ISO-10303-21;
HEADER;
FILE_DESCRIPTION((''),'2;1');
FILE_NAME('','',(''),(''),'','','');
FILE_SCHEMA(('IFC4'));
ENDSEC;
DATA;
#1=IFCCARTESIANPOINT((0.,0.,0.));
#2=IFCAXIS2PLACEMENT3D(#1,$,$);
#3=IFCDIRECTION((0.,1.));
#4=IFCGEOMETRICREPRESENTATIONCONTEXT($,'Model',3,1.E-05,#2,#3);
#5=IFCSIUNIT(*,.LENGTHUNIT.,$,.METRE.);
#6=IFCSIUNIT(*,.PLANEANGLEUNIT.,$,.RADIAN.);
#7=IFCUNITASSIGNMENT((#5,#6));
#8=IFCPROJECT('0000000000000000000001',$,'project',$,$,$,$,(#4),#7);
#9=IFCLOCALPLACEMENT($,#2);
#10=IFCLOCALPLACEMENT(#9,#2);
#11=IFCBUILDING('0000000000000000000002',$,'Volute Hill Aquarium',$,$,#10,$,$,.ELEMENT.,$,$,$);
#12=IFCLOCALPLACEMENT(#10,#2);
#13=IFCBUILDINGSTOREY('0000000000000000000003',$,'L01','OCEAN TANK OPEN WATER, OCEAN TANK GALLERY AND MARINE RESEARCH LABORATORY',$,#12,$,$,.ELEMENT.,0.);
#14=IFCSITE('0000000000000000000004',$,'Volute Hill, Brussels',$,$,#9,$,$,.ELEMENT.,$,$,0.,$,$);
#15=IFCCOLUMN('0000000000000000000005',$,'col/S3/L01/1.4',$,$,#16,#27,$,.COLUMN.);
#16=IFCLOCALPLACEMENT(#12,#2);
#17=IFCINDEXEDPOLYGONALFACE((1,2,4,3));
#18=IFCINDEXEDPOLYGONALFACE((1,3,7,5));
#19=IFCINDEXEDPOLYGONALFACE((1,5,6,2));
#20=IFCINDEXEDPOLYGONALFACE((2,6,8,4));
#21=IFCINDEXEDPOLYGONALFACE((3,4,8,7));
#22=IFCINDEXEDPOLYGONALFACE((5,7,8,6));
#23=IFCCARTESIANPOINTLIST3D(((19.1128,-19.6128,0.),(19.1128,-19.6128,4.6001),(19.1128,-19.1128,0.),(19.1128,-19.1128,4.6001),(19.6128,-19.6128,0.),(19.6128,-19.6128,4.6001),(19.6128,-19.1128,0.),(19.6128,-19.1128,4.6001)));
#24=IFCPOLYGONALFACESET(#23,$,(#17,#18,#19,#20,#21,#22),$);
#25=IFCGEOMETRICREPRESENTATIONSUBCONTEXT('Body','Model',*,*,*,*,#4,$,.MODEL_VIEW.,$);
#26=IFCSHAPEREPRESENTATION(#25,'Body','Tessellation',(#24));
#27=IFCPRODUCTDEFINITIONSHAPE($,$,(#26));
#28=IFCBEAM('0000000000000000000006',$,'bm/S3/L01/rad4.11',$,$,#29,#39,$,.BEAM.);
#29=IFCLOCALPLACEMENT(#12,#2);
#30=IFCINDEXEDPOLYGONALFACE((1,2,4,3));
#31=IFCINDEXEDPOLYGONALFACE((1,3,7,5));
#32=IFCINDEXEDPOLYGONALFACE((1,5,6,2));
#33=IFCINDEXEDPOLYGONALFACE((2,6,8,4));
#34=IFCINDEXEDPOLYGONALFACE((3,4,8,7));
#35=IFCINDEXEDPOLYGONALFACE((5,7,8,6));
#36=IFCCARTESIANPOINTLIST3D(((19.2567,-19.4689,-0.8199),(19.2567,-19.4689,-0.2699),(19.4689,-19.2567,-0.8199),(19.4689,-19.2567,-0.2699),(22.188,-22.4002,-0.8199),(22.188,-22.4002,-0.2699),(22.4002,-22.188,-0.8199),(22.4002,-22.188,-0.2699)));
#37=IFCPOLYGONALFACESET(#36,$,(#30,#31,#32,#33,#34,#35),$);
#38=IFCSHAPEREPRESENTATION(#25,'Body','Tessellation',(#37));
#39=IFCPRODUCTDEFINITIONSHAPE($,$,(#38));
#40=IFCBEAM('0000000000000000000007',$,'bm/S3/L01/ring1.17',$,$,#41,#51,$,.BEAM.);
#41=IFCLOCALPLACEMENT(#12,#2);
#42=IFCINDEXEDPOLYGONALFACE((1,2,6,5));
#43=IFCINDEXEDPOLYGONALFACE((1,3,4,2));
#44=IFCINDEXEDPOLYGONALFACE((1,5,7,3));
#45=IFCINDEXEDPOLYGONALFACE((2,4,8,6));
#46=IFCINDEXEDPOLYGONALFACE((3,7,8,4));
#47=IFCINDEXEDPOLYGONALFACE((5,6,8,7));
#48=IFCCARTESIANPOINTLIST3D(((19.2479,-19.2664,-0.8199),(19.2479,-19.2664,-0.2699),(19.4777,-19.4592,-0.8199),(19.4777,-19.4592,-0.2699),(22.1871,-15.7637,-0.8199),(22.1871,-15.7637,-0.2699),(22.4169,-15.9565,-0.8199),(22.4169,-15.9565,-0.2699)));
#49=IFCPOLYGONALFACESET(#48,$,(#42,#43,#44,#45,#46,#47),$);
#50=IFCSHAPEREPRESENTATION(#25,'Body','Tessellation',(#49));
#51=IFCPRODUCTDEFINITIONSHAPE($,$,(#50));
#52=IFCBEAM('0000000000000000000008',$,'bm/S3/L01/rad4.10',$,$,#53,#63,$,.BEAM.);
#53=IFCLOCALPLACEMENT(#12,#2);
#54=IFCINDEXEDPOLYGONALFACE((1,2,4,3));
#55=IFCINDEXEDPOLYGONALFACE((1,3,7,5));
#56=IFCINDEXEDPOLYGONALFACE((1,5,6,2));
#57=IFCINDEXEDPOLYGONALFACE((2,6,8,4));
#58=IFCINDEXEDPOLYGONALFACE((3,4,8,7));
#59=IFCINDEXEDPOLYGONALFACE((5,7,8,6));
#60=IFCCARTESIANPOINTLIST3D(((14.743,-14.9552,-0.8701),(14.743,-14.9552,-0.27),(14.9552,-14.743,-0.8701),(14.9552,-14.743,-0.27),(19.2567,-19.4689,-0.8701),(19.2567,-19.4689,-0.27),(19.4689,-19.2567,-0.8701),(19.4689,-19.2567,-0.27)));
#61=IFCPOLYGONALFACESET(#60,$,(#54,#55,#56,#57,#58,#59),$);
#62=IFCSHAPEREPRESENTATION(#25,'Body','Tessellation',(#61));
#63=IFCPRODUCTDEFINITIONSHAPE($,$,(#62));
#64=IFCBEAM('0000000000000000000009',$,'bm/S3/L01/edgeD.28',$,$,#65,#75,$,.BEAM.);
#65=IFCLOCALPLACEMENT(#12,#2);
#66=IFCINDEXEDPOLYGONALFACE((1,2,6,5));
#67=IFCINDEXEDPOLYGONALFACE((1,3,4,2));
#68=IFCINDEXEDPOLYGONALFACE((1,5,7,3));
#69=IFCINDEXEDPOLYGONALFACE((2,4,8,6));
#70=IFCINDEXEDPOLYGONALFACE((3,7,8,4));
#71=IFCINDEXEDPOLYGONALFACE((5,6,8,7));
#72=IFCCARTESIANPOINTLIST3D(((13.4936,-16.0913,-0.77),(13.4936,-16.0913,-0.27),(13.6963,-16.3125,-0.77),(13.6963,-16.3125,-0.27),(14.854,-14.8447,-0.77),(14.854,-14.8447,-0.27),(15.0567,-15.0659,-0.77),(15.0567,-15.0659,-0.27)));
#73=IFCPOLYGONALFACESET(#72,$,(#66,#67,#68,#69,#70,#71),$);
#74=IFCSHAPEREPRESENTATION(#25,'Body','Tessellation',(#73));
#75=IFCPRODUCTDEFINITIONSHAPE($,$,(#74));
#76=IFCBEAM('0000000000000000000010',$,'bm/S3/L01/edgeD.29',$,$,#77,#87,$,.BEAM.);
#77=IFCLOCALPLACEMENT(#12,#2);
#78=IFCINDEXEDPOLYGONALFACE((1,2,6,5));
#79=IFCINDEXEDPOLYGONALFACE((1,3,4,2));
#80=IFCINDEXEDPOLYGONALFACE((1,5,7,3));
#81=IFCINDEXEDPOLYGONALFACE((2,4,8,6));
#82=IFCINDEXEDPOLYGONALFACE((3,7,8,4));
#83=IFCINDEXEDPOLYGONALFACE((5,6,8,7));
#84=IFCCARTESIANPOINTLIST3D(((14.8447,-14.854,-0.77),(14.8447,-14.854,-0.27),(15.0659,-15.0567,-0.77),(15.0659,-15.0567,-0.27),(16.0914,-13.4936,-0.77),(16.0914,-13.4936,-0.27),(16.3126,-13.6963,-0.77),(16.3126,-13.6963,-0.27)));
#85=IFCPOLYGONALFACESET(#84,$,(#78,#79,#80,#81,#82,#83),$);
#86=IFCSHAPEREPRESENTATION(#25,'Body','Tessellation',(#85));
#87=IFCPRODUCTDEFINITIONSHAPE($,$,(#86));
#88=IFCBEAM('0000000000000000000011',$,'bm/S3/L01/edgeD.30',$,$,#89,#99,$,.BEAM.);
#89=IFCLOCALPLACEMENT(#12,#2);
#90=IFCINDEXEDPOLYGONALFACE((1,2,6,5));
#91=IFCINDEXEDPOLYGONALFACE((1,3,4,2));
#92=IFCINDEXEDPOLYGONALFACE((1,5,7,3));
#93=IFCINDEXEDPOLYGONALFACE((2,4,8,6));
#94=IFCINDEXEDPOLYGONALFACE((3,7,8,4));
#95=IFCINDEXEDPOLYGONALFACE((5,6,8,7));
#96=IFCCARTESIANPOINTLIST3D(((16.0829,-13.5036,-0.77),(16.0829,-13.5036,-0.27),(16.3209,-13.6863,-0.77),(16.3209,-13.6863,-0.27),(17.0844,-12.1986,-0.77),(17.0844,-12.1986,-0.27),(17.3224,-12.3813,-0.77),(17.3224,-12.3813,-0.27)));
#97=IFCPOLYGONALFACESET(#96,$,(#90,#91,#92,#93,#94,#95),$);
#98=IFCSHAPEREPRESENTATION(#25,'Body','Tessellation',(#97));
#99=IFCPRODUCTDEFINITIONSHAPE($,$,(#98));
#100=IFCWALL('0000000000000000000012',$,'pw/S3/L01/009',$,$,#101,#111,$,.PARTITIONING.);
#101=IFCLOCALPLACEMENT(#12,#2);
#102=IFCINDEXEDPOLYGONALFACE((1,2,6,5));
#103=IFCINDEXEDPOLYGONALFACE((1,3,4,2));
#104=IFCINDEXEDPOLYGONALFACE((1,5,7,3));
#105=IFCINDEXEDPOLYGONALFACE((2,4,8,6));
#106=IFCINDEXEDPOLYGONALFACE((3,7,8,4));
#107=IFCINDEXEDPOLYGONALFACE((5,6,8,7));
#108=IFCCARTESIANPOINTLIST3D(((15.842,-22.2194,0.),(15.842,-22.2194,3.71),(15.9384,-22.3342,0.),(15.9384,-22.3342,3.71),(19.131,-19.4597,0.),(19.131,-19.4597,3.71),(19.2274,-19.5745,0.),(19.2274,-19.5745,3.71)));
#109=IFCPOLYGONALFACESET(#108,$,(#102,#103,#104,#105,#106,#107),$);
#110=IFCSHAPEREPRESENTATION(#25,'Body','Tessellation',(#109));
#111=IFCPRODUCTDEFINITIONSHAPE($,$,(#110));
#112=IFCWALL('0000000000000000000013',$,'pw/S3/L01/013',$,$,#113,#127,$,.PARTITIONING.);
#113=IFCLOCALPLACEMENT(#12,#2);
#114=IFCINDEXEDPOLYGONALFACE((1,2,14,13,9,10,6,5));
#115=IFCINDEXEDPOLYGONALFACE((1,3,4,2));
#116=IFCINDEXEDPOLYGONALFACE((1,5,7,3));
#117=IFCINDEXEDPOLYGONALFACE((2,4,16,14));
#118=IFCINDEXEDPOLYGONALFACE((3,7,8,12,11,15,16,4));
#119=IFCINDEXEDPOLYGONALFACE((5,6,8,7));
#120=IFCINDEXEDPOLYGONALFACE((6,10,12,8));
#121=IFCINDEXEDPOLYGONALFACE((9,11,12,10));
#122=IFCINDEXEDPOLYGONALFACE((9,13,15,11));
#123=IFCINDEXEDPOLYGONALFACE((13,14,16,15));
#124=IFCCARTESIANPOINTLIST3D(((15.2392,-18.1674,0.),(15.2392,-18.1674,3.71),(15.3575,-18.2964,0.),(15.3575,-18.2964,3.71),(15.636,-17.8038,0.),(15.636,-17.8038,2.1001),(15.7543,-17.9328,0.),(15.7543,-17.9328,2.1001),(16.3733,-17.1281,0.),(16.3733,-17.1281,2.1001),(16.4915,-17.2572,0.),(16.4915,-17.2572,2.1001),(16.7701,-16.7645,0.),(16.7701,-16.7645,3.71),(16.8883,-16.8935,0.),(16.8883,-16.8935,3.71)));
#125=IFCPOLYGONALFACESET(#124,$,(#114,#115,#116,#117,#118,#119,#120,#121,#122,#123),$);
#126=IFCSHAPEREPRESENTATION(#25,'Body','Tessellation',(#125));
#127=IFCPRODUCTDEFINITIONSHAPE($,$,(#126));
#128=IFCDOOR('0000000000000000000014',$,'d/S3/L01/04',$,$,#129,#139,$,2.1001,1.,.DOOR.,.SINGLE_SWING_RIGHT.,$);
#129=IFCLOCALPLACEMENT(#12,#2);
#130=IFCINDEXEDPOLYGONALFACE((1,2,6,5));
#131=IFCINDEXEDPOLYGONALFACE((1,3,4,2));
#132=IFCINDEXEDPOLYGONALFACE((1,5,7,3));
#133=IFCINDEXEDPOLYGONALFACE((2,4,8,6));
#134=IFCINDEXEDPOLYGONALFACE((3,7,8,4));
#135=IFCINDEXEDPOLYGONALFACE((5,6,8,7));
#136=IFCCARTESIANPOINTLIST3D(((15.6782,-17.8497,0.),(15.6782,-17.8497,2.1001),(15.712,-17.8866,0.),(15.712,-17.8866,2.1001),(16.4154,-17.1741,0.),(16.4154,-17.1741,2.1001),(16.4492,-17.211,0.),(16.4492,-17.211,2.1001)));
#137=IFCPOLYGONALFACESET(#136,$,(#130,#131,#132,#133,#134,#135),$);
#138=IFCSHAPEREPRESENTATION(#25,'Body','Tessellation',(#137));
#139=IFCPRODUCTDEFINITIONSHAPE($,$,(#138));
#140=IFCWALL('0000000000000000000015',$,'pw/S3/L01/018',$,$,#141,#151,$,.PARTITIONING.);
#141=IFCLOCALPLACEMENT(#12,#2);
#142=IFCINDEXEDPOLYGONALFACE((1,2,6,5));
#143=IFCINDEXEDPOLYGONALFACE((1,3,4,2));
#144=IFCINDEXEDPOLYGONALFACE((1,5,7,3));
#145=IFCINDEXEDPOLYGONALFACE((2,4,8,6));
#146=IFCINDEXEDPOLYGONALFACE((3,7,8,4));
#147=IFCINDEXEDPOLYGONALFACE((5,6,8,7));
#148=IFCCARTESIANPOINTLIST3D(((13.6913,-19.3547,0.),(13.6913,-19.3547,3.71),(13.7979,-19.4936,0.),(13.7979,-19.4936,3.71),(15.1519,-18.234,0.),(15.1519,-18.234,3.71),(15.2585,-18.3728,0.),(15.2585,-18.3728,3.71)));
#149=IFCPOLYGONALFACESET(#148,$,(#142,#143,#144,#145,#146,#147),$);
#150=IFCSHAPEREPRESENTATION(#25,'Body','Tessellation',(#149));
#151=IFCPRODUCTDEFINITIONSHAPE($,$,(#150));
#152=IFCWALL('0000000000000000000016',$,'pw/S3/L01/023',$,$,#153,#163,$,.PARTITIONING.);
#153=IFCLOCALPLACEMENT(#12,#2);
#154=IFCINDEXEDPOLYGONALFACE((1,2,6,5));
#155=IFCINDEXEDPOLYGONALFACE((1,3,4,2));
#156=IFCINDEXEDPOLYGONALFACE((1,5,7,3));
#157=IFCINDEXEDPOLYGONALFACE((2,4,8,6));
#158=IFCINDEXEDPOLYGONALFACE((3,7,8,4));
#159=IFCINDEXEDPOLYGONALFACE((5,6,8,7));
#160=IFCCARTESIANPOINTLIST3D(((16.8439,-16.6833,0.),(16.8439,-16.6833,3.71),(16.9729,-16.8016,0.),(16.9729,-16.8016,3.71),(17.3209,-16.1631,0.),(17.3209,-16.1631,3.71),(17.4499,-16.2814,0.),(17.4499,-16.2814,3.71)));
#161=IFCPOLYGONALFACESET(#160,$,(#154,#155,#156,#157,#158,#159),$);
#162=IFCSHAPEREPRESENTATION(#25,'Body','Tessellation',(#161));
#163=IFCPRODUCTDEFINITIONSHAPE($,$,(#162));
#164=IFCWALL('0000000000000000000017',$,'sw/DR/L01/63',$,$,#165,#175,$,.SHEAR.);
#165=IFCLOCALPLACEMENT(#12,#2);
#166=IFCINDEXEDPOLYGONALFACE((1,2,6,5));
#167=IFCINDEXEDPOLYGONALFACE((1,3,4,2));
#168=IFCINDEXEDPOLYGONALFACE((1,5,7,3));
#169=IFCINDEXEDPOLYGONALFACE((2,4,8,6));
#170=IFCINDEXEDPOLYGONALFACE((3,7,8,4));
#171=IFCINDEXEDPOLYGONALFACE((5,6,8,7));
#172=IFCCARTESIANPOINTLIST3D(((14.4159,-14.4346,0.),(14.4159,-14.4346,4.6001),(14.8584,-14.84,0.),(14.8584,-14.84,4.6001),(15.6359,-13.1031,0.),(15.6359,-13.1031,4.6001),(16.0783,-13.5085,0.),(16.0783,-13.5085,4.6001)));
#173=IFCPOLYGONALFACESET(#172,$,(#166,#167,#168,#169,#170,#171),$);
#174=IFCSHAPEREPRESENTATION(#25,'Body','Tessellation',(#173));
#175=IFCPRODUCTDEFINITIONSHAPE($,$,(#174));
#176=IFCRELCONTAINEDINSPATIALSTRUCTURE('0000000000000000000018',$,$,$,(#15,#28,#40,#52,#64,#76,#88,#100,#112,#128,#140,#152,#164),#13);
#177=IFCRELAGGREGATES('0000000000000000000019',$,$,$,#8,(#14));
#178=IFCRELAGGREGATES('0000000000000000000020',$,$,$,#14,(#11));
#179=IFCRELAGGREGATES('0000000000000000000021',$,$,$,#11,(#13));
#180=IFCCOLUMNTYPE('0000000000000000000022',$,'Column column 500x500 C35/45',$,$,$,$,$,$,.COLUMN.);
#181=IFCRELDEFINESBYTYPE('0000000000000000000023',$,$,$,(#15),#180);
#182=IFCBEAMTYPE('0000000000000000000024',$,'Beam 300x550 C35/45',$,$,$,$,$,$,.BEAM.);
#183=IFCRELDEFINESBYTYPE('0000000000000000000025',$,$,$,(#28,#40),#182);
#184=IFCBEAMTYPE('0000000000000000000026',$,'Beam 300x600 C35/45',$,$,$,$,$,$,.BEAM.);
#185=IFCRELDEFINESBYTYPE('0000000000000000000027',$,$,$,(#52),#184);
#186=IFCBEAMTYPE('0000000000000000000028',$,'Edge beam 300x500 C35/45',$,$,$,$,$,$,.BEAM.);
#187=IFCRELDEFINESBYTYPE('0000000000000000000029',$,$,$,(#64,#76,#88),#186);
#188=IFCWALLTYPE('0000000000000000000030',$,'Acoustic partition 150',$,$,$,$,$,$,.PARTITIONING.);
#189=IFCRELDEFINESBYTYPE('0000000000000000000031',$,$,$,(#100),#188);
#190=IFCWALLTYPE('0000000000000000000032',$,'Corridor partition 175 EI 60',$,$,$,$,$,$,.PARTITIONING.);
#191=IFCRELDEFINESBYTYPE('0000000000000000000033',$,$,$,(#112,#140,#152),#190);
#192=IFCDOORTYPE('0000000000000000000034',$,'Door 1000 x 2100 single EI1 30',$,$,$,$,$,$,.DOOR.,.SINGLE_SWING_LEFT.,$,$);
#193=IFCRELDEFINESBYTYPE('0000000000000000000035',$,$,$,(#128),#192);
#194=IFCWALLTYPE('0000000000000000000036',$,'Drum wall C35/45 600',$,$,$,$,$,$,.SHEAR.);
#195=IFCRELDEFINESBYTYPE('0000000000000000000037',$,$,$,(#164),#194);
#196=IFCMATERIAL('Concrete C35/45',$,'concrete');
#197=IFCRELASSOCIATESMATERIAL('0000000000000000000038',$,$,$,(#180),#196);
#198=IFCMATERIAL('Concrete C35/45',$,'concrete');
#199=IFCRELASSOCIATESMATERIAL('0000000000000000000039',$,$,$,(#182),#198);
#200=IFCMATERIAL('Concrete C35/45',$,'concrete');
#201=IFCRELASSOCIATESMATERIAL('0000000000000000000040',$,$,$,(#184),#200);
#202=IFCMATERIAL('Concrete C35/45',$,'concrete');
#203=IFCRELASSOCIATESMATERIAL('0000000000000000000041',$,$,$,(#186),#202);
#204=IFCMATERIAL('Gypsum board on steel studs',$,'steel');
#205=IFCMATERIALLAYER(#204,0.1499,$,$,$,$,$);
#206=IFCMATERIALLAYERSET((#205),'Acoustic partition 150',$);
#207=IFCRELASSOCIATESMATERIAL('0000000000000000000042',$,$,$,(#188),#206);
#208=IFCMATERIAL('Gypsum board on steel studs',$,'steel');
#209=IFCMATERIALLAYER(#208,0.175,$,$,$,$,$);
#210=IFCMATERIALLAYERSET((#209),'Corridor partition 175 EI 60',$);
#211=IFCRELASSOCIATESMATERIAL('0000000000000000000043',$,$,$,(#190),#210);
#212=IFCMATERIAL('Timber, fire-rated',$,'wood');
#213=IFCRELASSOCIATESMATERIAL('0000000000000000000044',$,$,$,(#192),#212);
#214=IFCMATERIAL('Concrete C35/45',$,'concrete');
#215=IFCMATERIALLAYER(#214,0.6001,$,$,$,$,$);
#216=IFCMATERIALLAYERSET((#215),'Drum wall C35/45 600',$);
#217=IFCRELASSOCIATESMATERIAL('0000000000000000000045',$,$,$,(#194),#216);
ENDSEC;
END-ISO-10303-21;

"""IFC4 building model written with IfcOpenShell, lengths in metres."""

from ifc_helpers import new_model, si_unit, direction, frame, frame_2d, origin, origin_2d, place, context, subcontext, project, spatial, rectangle, extrude, material, layer, layer_set, material_profile, profile_set, type_object, element, fill, save


model = new_model("IFC4")

# Units and contexts
model_context = context("Model", 3, precision=1e-05, world=origin(), true_north=direction((0.0, 1.0)))
body_context = subcontext(model_context, "Body", "Model", "MODEL_VIEW")
ifc_project = project(units=[si_unit("LENGTHUNIT", "METRE"), si_unit("PLANEANGLEUNIT", "RADIAN")], contexts=[model_context])

# Site, building, storey
site_placement = place(None, origin())
site = spatial("IfcSite", under=ifc_project, at=site_placement, Name="Volute Hill, Brussels", CompositionType="ELEMENT", RefElevation=0.0)
building_placement = place(site_placement, origin())
building = spatial("IfcBuilding", under=site, at=building_placement, Name="Volute Hill Aquarium", CompositionType="ELEMENT")
storey_placement = place(building_placement, origin())
storey = spatial("IfcBuildingStorey", under=building, at=storey_placement, Name="L01", Description="OCEAN TANK OPEN WATER, OCEAN TANK GALLERY AND MARINE RESEARCH LABORATORY", CompositionType="ELEMENT", Elevation=0.0)

# Column
ifc_material_1 = material(Name="Concrete C35/45", Category="concrete")
ifc_material_profile_1 = material_profile(ifc_material_1, rectangle(XDim=0.5, YDim=0.5, at=origin_2d()), Name="RC column 500x500")
ifc_profile_set_1 = profile_set([ifc_material_profile_1], Name="Concrete C35/45")
column_type = type_object("IfcColumnType", Name="Column column 500x500 C35/45", PredefinedType="COLUMN", material=ifc_profile_set_1)
column_placement = place(storey_placement, frame((19.3628, -19.3628, 0.0), z_axis=(0.0, 0.0, 1.0), x_axis=(1.0, 0.0, 0.0)))
element("IfcColumn", 1, at=column_placement, inside=storey, type_object=column_type, Name="col/S3/L01/1.4", PredefinedType="COLUMN", context=body_context, shape_type="SweptSolid", body=[
    extrude(rectangle(XDim=0.5, YDim=0.5, at=origin_2d()), origin(), (0.0, 0.0, 1.0), 4.6001),
])

# Beams
ifc_material_2 = material(Name="Concrete C35/45", Category="concrete")
ifc_material_profile_2 = material_profile(ifc_material_2, rectangle(XDim=0.3, YDim=0.55, at=origin_2d()), Name="RC beam 300x550")
ifc_profile_set_2 = profile_set([ifc_material_profile_2], Name="Concrete C35/45")
beam_type_1 = type_object("IfcBeamType", Name="Beam 300x550 C35/45", PredefinedType="BEAM", material=ifc_profile_set_2)
beam_1_placement = place(storey_placement, frame((19.3628, -19.3628, -0.5449), z_axis=(0.707107, -0.707107, 0.0), x_axis=(0.707107, 0.707107, 0.0)))
element("IfcBeam", 2, at=beam_1_placement, inside=storey, type_object=beam_type_1, Name="bm/S3/L01/rad4.11", PredefinedType="BEAM", context=body_context, shape_type="SweptSolid", body=[
    extrude(rectangle(XDim=0.3, YDim=0.55, at=origin_2d()), origin(), (0.0, 0.0, 1.0), 4.1455),
])
beam_2_placement = place(storey_placement, frame((19.3628, -19.3628, -0.5449), z_axis=(0.642801, 0.766033, 0.0), x_axis=(-0.766033, 0.642801, 0.0)))
element("IfcBeam", 3, at=beam_2_placement, inside=storey, type_object=beam_type_1, Name="bm/S3/L01/ring1.17", PredefinedType="BEAM", context=body_context, shape_type="SweptSolid", body=[
    extrude(rectangle(XDim=0.3, YDim=0.55, at=origin_2d()), origin(), (0.0, 0.0, 1.0), 4.5725),
])
ifc_material_3 = material(Name="Concrete C35/45", Category="concrete")
ifc_material_profile_3 = material_profile(ifc_material_3, rectangle(XDim=0.3, YDim=0.6001, at=origin_2d()), Name="RC beam 300x600")
ifc_profile_set_3 = profile_set([ifc_material_profile_3], Name="Concrete C35/45")
beam_type_2 = type_object("IfcBeamType", Name="Beam 300x600 C35/45", PredefinedType="BEAM", material=ifc_profile_set_3)
beam_3_placement = place(storey_placement, frame((14.8491, -14.8491, -0.5701), z_axis=(0.707107, -0.707107, 0.0), x_axis=(0.707107, 0.707107, 0.0)))
element("IfcBeam", 4, at=beam_3_placement, inside=storey, type_object=beam_type_2, Name="bm/S3/L01/rad4.10", PredefinedType="BEAM", context=body_context, shape_type="SweptSolid", body=[
    extrude(rectangle(XDim=0.3, YDim=0.6001, at=origin_2d()), origin(), (0.0, 0.0, 1.0), 6.3833),
])
ifc_material_4 = material(Name="Concrete C35/45", Category="concrete")
ifc_material_profile_4 = material_profile(ifc_material_4, rectangle(XDim=0.3, YDim=0.5, at=origin_2d()), Name="RC edge beam 300x500")
ifc_profile_set_4 = profile_set([ifc_material_profile_4], Name="Concrete C35/45")
beam_type_3 = type_object("IfcBeamType", Name="Edge beam 300x500 C35/45", PredefinedType="BEAM", material=ifc_profile_set_4)
for number, where, z_axis, x_axis, name in (
    (5, (13.595, -16.2019, -0.52), (0.737264, 0.675605, 0.0), (-0.675605, 0.737264, 0.0), "bm/S3/L01/edgeD.28"),
    (6, (14.9553, -14.9553, -0.52), (0.675605, 0.737264, 0.0), (-0.737264, 0.675605, 0.0), "bm/S3/L01/edgeD.29"),
):
    element("IfcBeam", number, at=place(storey_placement, frame(where, z_axis=z_axis, x_axis=x_axis)), inside=storey, type_object=beam_type_3, Name=name, PredefinedType="BEAM", context=body_context, shape_type="SweptSolid", body=[
        extrude(rectangle(XDim=0.3, YDim=0.5, at=origin_2d()), origin(), (0.0, 0.0, 1.0), 1.8452),
    ])
beam_4_placement = place(storey_placement, frame((16.2019, -13.595, -0.52), z_axis=(0.608821, 0.793308, 0.0), x_axis=(-0.793308, 0.608821, 0.0)))
element("IfcBeam", 7, at=beam_4_placement, inside=storey, type_object=beam_type_3, Name="bm/S3/L01/edgeD.30", PredefinedType="BEAM", context=body_context, shape_type="SweptSolid", body=[
    extrude(rectangle(XDim=0.3, YDim=0.5, at=origin_2d()), origin(), (0.0, 0.0, 1.0), 1.645),
])

# Wall
ifc_material_5 = material(Name="Gypsum board on steel studs", Category="steel")
ifc_layer_1 = layer(ifc_material_5, 0.1499)
ifc_layer_set_1 = layer_set([ifc_layer_1], Name="Acoustic partition 150")
wall_type_1 = type_object("IfcWallType", Name="Acoustic partition 150", PredefinedType="PARTITIONING", material=ifc_layer_set_1)
wall_1_placement = place(storey_placement, frame((19.1792, -19.5171, 0.0), z_axis=(0.0, 0.0, 1.0), x_axis=(-0.766054, -0.642776, 0.0)))
element("IfcWall", 8, at=wall_1_placement, inside=storey, type_object=wall_type_1, Name="pw/S3/L01/009", PredefinedType="PARTITIONING", context=body_context, shape_type="SweptSolid", body=[
    extrude(rectangle(XDim=4.2935, YDim=0.1499, at=frame_2d((2.1467, 0.0))), origin(), (0.0, 0.0, 1.0), 3.71),
])

# Wall, opening, door
ifc_material_6 = material(Name="Gypsum board on steel studs", Category="steel")
ifc_layer_2 = layer(ifc_material_6, 0.175)
ifc_layer_set_2 = layer_set([ifc_layer_2], Name="Corridor partition 175 EI 60")
wall_type_2 = type_object("IfcWallType", Name="Corridor partition 175 EI 60", PredefinedType="PARTITIONING", material=ifc_layer_set_2)
wall_2_placement = place(storey_placement, frame((16.8291, -16.8291, 0.0), z_axis=(0.0, 0.0, 1.0), x_axis=(-0.737242, -0.675629, 0.0)))
wall_2 = element("IfcWall", 9, at=wall_2_placement, inside=storey, type_object=wall_type_2, Name="pw/S3/L01/013", PredefinedType="PARTITIONING", context=body_context, shape_type="SweptSolid", body=[
    extrude(rectangle(XDim=2.0764, YDim=0.175, at=frame_2d((1.0381, 0.0))), origin(), (0.0, 0.0, 1.0), 3.71),
])
opening_1_placement = place(wall_2_placement, frame((0.5381, 0.0, 0.0)))
opening_1 = element("IfcOpeningElement", 10, at=opening_1_placement, cuts=wall_2, PredefinedType="OPENING", context=body_context, shape_type="SweptSolid", body=[
    extrude(rectangle(XDim=1.0, YDim=2.1001, at=frame_2d((0.5, 1.05))), frame((0.0, 0.0974, 0.0), z_axis=(0.0, -1.0, 0.0), x_axis=(1.0, 0.0, 0.0)), (0.0, 0.0, 1.0), 0.1951),
])
ifc_material_7 = material(Name="Timber, fire-rated", Category="wood")
door_type_1 = type_object("IfcDoorType", Name="Door 1000 x 2100 single EI1 30", OperationType="SINGLE_SWING_LEFT", PredefinedType="DOOR", material=ifc_material_7)
door_1_placement = place(opening_1_placement, origin())
door_1 = element("IfcDoor", 11, at=door_1_placement, inside=storey, type_object=door_type_1, Name="d/S3/L01/04", OperationType="SINGLE_SWING_RIGHT", OverallHeight=2.1001, OverallWidth=1.0, PredefinedType="DOOR", context=body_context, shape_type="SweptSolid", body=[
    extrude(rectangle(XDim=1.0, YDim=2.1001, at=frame_2d((0.5, 1.05))), frame((0.0, 0.0249, 0.0), z_axis=(0.0, -1.0, 0.0), x_axis=(1.0, 0.0, 0.0)), (0.0, 0.0, 1.0), 0.05),
])
fill(opening_1, door_1)

# Walls
wall_3_placement = place(storey_placement, frame((15.2051, -18.3035, 0.0), z_axis=(0.0, 0.0, 1.0), x_axis=(-0.793348, -0.608768, 0.0)))
element("IfcWall", 12, at=wall_3_placement, inside=storey, type_object=wall_type_2, Name="pw/S3/L01/018", PredefinedType="PARTITIONING", context=body_context, shape_type="SweptSolid", body=[
    extrude(rectangle(XDim=1.8411, YDim=0.175, at=frame_2d((0.9204, 0.0))), origin(), (0.0, 0.0, 1.0), 3.71),
])
wall_4_placement = place(storey_placement, frame((17.3855, -16.2222, 0.0), z_axis=(0.0, 0.0, 1.0), x_axis=(-0.675834, -0.737054, 0.0)))
element("IfcWall", 13, at=wall_4_placement, inside=storey, type_object=wall_type_2, Name="pw/S3/L01/023", PredefinedType="PARTITIONING", context=body_context, shape_type="SweptSolid", body=[
    extrude(rectangle(XDim=0.7058, YDim=0.175, at=frame_2d((0.353, 0.0))), origin(), (0.0, 0.0, 1.0), 3.71),
])
ifc_material_8 = material(Name="Concrete C35/45", Category="concrete")
ifc_layer_3 = layer(ifc_material_8, 0.6001)
ifc_layer_set_3 = layer_set([ifc_layer_3], Name="Drum wall C35/45 600")
wall_type_3 = type_object("IfcWallType", Name="Drum wall C35/45 600", PredefinedType="SHEAR", material=ifc_layer_set_3)
wall_5_placement = place(storey_placement, frame((14.6372, -14.6372, 0.0), z_axis=(0.0, 0.0, 1.0), x_axis=(0.675541, 0.737322, 0.0)))
element("IfcWall", 14, at=wall_5_placement, inside=storey, type_object=wall_type_3, Name="sw/DR/L01/63", PredefinedType="SHEAR", context=body_context, shape_type="SweptSolid", body=[
    extrude(rectangle(XDim=1.8059, YDim=0.6001, at=frame_2d((0.9028, 0.0))), origin(), (0.0, 0.0, 1.0), 4.6001),
])

save(model, "model.ifc")
